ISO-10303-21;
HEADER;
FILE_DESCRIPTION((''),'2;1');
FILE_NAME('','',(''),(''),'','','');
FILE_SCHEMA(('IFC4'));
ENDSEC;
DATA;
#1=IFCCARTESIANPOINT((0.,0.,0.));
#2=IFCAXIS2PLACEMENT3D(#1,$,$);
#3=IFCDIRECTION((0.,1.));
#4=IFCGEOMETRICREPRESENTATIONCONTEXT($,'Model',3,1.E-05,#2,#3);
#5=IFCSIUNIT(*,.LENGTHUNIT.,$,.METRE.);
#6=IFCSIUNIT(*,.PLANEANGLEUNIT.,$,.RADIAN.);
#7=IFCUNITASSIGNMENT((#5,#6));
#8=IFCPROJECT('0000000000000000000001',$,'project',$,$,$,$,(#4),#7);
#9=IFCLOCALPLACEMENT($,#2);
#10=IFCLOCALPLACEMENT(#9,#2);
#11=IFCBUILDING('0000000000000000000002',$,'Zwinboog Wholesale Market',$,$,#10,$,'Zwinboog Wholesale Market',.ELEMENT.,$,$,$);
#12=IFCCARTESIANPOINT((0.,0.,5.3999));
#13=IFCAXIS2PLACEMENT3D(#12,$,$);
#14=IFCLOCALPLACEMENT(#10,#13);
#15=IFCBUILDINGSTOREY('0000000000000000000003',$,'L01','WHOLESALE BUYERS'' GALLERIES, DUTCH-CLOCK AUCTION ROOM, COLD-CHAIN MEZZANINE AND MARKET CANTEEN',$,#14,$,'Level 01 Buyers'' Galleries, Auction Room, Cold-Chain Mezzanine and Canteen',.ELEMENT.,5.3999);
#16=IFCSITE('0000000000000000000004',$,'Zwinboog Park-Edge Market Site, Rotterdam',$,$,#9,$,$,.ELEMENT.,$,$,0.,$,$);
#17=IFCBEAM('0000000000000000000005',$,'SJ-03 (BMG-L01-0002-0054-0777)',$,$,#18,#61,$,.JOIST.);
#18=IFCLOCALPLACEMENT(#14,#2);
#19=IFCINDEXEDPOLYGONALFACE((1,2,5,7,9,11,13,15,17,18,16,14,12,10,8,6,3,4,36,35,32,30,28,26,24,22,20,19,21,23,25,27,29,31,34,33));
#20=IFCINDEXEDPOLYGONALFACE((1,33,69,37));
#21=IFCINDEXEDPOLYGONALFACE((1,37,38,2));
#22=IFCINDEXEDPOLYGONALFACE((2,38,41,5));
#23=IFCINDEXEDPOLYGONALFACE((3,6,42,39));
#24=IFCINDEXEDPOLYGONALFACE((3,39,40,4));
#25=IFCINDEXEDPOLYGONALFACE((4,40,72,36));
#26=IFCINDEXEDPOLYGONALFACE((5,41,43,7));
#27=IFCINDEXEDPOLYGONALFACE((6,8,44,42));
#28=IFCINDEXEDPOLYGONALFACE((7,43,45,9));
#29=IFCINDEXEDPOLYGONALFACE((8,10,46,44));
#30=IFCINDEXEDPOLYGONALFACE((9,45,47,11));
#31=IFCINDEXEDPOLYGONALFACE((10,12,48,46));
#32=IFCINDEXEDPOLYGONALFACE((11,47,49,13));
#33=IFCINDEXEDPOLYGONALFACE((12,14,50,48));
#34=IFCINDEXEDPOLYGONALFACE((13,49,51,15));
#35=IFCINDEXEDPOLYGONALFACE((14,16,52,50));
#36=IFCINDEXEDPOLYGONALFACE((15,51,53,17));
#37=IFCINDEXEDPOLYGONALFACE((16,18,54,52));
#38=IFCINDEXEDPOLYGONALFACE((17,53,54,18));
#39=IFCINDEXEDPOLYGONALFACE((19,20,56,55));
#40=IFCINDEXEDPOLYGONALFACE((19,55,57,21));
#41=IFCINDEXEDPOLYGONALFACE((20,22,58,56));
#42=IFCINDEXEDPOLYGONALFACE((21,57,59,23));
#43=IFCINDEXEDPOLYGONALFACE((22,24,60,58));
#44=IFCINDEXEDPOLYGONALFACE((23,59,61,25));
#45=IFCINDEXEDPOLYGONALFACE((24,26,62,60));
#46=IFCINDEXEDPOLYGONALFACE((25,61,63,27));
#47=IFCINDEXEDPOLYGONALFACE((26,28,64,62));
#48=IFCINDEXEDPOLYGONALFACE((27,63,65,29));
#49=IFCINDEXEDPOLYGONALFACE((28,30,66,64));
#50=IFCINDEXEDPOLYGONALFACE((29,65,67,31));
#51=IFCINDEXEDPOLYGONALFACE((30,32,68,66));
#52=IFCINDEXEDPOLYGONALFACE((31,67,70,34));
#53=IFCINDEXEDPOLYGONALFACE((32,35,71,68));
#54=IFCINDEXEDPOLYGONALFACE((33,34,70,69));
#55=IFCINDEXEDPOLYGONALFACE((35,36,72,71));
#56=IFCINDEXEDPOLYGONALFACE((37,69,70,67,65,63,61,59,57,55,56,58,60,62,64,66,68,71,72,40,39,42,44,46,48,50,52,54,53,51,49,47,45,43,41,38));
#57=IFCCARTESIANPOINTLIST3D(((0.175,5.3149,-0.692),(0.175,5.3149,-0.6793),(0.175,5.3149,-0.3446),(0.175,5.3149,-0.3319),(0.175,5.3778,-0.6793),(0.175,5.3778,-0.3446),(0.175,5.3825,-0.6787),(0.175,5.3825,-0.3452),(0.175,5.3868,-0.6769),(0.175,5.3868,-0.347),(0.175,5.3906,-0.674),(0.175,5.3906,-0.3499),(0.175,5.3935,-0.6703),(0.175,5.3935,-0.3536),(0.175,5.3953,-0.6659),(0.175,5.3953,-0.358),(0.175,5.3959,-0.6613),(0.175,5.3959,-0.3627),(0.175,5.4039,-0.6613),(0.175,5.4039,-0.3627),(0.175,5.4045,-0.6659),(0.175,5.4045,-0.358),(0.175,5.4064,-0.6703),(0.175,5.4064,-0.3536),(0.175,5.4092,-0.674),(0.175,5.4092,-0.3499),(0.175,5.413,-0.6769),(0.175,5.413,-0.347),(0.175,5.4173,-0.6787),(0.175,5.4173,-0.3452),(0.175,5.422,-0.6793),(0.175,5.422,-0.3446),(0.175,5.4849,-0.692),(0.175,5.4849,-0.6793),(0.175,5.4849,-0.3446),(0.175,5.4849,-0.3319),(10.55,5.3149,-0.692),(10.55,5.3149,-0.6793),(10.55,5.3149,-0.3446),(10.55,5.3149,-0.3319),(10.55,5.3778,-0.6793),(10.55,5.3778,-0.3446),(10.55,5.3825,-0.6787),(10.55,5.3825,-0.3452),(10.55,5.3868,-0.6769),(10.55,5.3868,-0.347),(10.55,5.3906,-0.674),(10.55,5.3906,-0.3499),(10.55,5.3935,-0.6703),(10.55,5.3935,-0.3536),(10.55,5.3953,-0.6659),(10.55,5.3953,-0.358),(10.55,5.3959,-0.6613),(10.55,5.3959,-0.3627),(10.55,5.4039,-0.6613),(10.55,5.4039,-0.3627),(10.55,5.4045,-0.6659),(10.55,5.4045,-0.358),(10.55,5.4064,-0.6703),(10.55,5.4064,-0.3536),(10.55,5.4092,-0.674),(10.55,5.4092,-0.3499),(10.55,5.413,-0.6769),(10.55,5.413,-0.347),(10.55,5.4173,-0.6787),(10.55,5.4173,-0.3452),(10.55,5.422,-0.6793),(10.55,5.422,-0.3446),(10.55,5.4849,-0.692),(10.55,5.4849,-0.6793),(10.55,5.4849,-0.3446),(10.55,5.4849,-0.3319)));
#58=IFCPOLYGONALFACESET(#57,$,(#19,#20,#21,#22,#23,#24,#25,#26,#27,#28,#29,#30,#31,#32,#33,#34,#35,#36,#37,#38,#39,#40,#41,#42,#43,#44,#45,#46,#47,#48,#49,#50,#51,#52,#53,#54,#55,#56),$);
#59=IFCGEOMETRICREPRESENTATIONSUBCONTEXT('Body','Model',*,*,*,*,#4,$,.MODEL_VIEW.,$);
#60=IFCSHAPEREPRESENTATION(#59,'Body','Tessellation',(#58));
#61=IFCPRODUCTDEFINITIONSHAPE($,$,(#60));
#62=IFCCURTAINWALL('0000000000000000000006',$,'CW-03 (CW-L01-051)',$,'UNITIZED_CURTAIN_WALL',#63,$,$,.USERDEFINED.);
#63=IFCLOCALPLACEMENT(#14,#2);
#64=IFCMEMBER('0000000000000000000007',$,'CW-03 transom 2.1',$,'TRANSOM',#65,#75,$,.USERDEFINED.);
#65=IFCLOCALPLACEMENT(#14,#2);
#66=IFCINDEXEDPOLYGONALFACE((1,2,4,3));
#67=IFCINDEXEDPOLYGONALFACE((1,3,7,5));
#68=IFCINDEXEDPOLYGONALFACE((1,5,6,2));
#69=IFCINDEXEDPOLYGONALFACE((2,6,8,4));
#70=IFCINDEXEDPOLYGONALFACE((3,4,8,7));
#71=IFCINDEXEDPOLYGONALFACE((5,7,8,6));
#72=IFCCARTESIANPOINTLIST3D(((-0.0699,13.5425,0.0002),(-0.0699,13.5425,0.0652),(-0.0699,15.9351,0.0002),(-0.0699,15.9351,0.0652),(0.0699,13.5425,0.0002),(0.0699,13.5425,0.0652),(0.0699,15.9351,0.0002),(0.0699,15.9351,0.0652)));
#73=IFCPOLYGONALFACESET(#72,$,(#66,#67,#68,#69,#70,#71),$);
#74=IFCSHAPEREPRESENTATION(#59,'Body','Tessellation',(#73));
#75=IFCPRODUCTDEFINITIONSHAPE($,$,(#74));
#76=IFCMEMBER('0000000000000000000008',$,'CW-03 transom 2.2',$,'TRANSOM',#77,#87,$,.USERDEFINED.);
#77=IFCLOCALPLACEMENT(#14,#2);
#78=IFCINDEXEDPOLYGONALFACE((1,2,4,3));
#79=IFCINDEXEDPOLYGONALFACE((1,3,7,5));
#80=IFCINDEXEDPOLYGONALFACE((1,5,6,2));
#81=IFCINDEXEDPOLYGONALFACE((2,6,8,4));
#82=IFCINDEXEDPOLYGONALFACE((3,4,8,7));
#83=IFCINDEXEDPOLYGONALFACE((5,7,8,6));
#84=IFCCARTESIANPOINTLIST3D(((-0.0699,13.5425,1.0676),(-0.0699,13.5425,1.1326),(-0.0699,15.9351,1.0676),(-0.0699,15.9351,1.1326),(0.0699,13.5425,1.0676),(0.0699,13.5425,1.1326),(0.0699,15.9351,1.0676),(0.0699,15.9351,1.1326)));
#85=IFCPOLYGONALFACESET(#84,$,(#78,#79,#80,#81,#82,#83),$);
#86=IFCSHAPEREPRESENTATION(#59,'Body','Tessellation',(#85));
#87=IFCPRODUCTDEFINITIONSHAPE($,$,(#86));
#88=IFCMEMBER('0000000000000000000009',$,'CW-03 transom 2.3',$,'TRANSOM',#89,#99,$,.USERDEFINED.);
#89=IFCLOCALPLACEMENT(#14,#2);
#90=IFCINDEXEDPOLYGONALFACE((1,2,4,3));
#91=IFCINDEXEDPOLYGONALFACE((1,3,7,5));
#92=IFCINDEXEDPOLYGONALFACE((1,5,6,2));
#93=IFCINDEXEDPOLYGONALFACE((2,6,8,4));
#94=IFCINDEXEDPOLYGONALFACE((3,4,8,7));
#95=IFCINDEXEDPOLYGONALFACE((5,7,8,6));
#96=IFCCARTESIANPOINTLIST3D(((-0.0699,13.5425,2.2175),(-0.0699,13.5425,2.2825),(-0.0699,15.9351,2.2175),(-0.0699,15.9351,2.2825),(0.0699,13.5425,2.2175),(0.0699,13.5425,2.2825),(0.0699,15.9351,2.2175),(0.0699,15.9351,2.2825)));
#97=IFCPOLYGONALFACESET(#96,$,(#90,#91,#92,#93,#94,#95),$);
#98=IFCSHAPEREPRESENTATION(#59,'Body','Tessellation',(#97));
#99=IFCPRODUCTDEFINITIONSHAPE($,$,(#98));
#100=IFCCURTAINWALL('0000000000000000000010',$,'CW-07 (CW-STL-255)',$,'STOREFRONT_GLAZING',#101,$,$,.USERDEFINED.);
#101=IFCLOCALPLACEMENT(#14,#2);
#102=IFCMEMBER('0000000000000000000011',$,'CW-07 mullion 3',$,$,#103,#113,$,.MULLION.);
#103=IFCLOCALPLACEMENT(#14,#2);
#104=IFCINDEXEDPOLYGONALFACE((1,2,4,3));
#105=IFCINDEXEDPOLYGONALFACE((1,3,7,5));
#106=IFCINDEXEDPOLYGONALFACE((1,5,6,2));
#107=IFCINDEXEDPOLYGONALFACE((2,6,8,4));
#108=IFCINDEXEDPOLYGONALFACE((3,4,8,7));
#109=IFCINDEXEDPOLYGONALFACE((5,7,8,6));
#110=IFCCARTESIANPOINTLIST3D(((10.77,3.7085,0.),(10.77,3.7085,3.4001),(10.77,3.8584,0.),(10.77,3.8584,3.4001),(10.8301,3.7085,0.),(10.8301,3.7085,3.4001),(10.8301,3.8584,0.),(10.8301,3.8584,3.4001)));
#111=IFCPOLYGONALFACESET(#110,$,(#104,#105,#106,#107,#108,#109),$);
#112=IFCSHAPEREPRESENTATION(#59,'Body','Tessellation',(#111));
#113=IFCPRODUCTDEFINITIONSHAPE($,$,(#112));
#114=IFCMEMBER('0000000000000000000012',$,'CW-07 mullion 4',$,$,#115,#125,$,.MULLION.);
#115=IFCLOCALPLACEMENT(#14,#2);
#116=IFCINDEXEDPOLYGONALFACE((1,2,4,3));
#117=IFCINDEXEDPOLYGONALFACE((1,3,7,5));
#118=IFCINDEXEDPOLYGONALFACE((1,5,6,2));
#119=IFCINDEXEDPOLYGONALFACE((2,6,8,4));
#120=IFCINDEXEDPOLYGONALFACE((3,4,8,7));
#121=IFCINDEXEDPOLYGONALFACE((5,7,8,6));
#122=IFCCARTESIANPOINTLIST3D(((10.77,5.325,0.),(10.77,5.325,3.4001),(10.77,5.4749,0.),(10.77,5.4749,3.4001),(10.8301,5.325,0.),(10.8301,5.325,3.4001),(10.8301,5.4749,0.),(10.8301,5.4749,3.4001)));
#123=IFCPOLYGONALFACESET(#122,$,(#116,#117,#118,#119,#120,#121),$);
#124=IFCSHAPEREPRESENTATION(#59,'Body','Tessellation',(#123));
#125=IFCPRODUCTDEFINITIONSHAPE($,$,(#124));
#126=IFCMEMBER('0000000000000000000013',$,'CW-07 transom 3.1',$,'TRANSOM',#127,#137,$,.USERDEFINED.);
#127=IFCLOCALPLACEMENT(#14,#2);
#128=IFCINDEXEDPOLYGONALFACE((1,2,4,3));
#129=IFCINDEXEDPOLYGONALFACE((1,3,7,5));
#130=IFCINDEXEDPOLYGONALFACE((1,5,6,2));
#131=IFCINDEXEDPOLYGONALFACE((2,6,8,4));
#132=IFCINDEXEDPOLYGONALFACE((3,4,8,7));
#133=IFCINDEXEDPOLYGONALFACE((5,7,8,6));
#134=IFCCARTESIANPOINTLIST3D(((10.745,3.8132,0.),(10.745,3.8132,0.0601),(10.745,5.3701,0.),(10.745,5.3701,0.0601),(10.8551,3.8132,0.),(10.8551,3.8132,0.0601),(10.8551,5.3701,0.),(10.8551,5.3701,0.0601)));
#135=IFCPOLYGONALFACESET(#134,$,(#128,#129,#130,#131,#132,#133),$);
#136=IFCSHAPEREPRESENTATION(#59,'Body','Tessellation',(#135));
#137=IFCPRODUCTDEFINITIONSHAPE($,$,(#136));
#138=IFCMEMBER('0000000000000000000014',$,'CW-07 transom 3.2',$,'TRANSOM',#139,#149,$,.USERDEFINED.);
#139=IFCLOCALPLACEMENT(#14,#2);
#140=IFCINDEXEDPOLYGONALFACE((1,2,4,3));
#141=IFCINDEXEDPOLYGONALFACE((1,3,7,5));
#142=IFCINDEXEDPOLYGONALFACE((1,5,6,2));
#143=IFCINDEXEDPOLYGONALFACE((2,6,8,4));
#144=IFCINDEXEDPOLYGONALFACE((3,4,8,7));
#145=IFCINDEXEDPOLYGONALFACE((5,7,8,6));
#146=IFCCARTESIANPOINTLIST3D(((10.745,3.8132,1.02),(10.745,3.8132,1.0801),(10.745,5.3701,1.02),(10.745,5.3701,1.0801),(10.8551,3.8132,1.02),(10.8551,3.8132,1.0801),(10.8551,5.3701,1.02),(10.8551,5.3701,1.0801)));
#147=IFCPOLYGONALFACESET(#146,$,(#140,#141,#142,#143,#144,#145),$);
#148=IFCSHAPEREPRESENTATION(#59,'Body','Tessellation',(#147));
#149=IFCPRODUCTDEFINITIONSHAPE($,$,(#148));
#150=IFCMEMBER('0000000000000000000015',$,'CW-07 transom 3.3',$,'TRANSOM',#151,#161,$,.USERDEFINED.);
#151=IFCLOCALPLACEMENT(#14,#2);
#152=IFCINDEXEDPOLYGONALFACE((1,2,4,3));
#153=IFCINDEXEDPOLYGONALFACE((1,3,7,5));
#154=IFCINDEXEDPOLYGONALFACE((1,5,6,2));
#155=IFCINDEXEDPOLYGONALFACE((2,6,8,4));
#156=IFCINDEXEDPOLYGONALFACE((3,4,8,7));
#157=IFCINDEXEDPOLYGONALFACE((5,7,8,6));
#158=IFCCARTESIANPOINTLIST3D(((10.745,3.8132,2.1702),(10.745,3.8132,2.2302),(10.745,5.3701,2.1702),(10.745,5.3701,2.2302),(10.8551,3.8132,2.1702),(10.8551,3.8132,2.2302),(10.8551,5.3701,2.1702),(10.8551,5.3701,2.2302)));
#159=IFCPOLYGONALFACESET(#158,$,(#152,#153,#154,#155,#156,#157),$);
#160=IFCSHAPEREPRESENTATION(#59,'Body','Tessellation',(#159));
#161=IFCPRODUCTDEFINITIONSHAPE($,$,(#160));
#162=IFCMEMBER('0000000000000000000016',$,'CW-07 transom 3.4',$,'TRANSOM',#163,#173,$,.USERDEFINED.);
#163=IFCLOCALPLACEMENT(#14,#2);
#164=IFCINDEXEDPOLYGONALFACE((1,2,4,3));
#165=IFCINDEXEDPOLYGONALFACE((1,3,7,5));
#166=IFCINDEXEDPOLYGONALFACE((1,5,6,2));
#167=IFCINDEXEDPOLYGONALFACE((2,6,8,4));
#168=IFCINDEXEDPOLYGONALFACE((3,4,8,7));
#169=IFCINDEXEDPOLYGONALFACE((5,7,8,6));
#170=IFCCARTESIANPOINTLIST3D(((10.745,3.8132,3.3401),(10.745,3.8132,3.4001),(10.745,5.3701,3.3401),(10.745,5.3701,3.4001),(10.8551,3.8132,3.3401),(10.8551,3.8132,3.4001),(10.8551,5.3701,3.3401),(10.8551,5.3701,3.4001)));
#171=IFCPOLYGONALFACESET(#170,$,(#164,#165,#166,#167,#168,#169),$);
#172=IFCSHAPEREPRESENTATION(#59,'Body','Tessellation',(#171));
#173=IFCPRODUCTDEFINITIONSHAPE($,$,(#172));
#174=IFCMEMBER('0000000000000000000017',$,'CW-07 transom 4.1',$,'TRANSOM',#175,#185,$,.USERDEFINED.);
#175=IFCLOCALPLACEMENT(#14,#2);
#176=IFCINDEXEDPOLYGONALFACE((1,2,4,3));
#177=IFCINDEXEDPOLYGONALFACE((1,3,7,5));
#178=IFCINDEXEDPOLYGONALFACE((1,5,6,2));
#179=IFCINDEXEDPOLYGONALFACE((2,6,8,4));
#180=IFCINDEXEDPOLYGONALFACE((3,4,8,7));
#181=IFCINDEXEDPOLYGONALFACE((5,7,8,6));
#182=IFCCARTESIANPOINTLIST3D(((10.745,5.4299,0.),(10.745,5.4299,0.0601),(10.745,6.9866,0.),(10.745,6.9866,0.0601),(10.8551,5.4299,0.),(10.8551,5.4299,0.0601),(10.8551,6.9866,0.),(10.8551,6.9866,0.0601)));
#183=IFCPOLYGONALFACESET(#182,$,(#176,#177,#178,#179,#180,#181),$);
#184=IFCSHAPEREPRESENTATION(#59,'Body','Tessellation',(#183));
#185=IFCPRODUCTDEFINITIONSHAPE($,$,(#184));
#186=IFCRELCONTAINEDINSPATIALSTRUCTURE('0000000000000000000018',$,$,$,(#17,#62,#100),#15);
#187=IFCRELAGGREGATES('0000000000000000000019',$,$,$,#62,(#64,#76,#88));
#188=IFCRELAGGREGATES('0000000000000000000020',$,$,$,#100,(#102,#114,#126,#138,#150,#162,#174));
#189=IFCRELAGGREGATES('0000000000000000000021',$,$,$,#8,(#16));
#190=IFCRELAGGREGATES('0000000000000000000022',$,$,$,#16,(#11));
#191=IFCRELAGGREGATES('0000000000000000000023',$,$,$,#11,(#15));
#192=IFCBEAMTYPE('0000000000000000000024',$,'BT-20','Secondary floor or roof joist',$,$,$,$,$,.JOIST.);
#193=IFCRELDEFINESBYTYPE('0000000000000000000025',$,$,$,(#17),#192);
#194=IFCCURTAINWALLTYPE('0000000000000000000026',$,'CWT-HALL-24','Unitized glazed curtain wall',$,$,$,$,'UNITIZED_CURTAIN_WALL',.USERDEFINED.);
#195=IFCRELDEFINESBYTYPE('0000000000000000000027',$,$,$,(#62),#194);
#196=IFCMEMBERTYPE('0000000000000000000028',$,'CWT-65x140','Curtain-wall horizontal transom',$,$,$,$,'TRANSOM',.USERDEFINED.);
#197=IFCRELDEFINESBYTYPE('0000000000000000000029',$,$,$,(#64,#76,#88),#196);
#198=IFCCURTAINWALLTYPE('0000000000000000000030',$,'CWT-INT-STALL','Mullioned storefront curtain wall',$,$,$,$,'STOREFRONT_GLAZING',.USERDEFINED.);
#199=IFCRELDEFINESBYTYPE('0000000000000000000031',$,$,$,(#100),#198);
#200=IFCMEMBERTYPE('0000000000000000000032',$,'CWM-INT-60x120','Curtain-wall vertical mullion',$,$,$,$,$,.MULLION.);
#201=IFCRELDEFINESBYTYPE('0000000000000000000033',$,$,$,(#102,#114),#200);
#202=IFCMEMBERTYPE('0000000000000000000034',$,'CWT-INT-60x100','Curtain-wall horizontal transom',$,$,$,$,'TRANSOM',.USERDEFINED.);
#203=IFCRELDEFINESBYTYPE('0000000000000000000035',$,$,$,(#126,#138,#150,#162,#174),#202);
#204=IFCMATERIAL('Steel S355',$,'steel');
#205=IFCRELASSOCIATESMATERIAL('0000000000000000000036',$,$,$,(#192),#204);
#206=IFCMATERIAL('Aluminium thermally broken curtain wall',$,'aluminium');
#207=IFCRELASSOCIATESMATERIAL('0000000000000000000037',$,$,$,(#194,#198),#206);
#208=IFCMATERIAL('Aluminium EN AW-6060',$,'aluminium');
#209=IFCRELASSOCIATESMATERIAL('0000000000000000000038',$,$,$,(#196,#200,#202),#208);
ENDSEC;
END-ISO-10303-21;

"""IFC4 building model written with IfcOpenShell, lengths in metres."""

from ifc_helpers import new_model, si_unit, direction, frame, origin, origin_2d, place, context, subcontext, project, spatial, rectangle, i_section, extrude, material, material_profile, profile_set, type_object, element, aggregate, save


model = new_model("IFC4")

# Units and contexts
model_context = context("Model", 3, precision=1e-05, world=origin(), true_north=direction((0.0, 1.0)))
body_context = subcontext(model_context, "Body", "Model", "MODEL_VIEW")
ifc_project = project(units=[si_unit("LENGTHUNIT", "METRE"), si_unit("PLANEANGLEUNIT", "RADIAN")], contexts=[model_context])

# Site, building, storey
site_placement = place(None, origin())
site = spatial("IfcSite", under=ifc_project, at=site_placement, Name="Zwinboog Park-Edge Market Site, Rotterdam", CompositionType="ELEMENT", RefElevation=0.0)
building_placement = place(site_placement, origin())
building = spatial("IfcBuilding", under=site, at=building_placement, Name="Zwinboog Wholesale Market", LongName="Zwinboog Wholesale Market", CompositionType="ELEMENT")
storey_placement = place(building_placement, frame((0.0, 0.0, 5.3999)))
storey = spatial("IfcBuildingStorey", under=building, at=storey_placement, Name="L01", Description="WHOLESALE BUYERS' GALLERIES, DUTCH-CLOCK AUCTION ROOM, COLD-CHAIN MEZZANINE AND MARKET CANTEEN", LongName="Level 01 Buyers' Galleries, Auction Room, Cold-Chain Mezzanine and Canteen", CompositionType="ELEMENT", Elevation=5.3999)

# Beam
ifc_material_1 = material(Name="Steel S355", Category="steel")
ifc_material_profile_1 = material_profile(ifc_material_1, i_section(OverallWidth=0.1699, OverallDepth=0.3601, WebThickness=0.0081, FlangeThickness=0.0127, FilletRadius=0.0181, at=origin_2d()), Name="IPE 360")
ifc_profile_set_1 = profile_set([ifc_material_profile_1], Name="Steel S355")
beam_type = type_object("IfcBeamType", Name="BT-20", Description="Secondary floor or roof joist", PredefinedType="JOIST", material=ifc_profile_set_1)
beam_placement = place(storey_placement, frame((0.175, 5.3999, -0.512), z_axis=(1.0, 0.0, 0.0), x_axis=(0.0, 1.0, 0.0)))
element("IfcBeam", 1, at=beam_placement, inside=storey, type_object=beam_type, Name="SJ-03 (BMG-L01-0002-0054-0777)", PredefinedType="JOIST", context=body_context, shape_type="SweptSolid", body=[
    extrude(i_section(OverallWidth=0.1699, OverallDepth=0.3601, WebThickness=0.0081, FlangeThickness=0.0127, FilletRadius=0.0181, at=origin_2d()), origin(), (0.0, 0.0, 1.0), 10.375),
])

# Curtain wall, members
ifc_material_2 = material(Name="Aluminium thermally broken curtain wall", Category="aluminium")
curtain_wall_type_1 = type_object("IfcCurtainWallType", Name="CWT-HALL-24", Description="Unitized glazed curtain wall", ElementType="UNITIZED_CURTAIN_WALL", PredefinedType="USERDEFINED", material=ifc_material_2)
curtain_wall_1_placement = place(storey_placement, origin())
curtain_wall_1 = element("IfcCurtainWall", 2, at=curtain_wall_1_placement, inside=storey, type_object=curtain_wall_type_1, Name="CW-03 (CW-L01-051)", ObjectType="UNITIZED_CURTAIN_WALL", PredefinedType="USERDEFINED")
ifc_material_3 = material(Name="Aluminium EN AW-6060", Category="aluminium")
ifc_material_profile_2 = material_profile(ifc_material_3, rectangle(XDim=0.1399, YDim=0.0649, at=origin_2d()), Name="AL 65x140")
ifc_profile_set_2 = profile_set([ifc_material_profile_2], Name="Aluminium EN AW-6060")
member_type_1 = type_object("IfcMemberType", Name="CWT-65x140", Description="Curtain-wall horizontal transom", ElementType="TRANSOM", PredefinedType="USERDEFINED", material=ifc_profile_set_2)
member_1_placement = place(storey_placement, frame((0.0, 13.5425, 0.0327), z_axis=(0.0, 1.0, 0.0), x_axis=(-1.0, 0.0, 0.0)))
member_1 = element("IfcMember", 3, at=member_1_placement, type_object=member_type_1, Name="CW-03 transom 2.1", ObjectType="TRANSOM", PredefinedType="USERDEFINED", context=body_context, shape_type="SweptSolid", body=[
    extrude(rectangle(XDim=0.1399, YDim=0.0649, at=origin_2d()), origin(), (0.0, 0.0, 1.0), 2.3926),
])
member_2_placement = place(storey_placement, frame((0.0, 13.5425, 1.1001), z_axis=(0.0, 1.0, 0.0), x_axis=(-1.0, 0.0, 0.0)))
member_2 = element("IfcMember", 4, at=member_2_placement, type_object=member_type_1, Name="CW-03 transom 2.2", ObjectType="TRANSOM", PredefinedType="USERDEFINED", context=body_context, shape_type="SweptSolid", body=[
    extrude(rectangle(XDim=0.1399, YDim=0.0649, at=origin_2d()), origin(), (0.0, 0.0, 1.0), 2.3926),
])
member_3_placement = place(storey_placement, frame((0.0, 13.5425, 2.25), z_axis=(0.0, 1.0, 0.0), x_axis=(-1.0, 0.0, 0.0)))
member_3 = element("IfcMember", 5, at=member_3_placement, type_object=member_type_1, Name="CW-03 transom 2.3", ObjectType="TRANSOM", PredefinedType="USERDEFINED", context=body_context, shape_type="SweptSolid", body=[
    extrude(rectangle(XDim=0.1399, YDim=0.0649, at=origin_2d()), origin(), (0.0, 0.0, 1.0), 2.3926),
])
aggregate(curtain_wall_1, [member_1, member_2, member_3])

# Curtain wall, members
curtain_wall_type_2 = type_object("IfcCurtainWallType", Name="CWT-INT-STALL", Description="Mullioned storefront curtain wall", ElementType="STOREFRONT_GLAZING", PredefinedType="USERDEFINED", material=ifc_material_2)
curtain_wall_2_placement = place(storey_placement, origin())
curtain_wall_2 = element("IfcCurtainWall", 6, at=curtain_wall_2_placement, inside=storey, type_object=curtain_wall_type_2, Name="CW-07 (CW-STL-255)", ObjectType="STOREFRONT_GLAZING", PredefinedType="USERDEFINED")
ifc_material_profile_3 = material_profile(ifc_material_3, rectangle(XDim=0.0601, YDim=0.1499, at=origin_2d()), Name="AL 60x150")
ifc_profile_set_3 = profile_set([ifc_material_profile_3], Name="Aluminium EN AW-6060")
member_type_2 = type_object("IfcMemberType", Name="CWM-INT-60x120", Description="Curtain-wall vertical mullion", PredefinedType="MULLION", material=ifc_profile_set_3)
member_4_placement = place(storey_placement, frame((10.8, 3.7834, 0.0), z_axis=(0.0, 0.0, 1.0), x_axis=(-1.0, 0.0, 0.0)))
member_4 = element("IfcMember", 7, at=member_4_placement, type_object=member_type_2, Name="CW-07 mullion 3", PredefinedType="MULLION", context=body_context, shape_type="SweptSolid", body=[
    extrude(rectangle(XDim=0.0601, YDim=0.1499, at=origin_2d()), origin(), (0.0, 0.0, 1.0), 3.4001),
])
member_5_placement = place(storey_placement, frame((10.8, 5.3999, 0.0), z_axis=(0.0, 0.0, 1.0), x_axis=(-1.0, 0.0, 0.0)))
member_5 = element("IfcMember", 8, at=member_5_placement, type_object=member_type_2, Name="CW-07 mullion 4", PredefinedType="MULLION", context=body_context, shape_type="SweptSolid", body=[
    extrude(rectangle(XDim=0.0601, YDim=0.1499, at=origin_2d()), origin(), (0.0, 0.0, 1.0), 3.4001),
])
ifc_material_profile_4 = material_profile(ifc_material_3, rectangle(XDim=0.1101, YDim=0.0601, at=origin_2d()), Name="AL 60x110")
ifc_profile_set_4 = profile_set([ifc_material_profile_4], Name="Aluminium EN AW-6060")
member_type_3 = type_object("IfcMemberType", Name="CWT-INT-60x100", Description="Curtain-wall horizontal transom", ElementType="TRANSOM", PredefinedType="USERDEFINED", material=ifc_profile_set_4)
member_6_placement = place(storey_placement, frame((10.8, 3.8132, 0.03), z_axis=(0.0, 1.0, 0.0), x_axis=(-1.0, 0.0, 0.0)))
member_6 = element("IfcMember", 9, at=member_6_placement, type_object=member_type_3, Name="CW-07 transom 3.1", ObjectType="TRANSOM", PredefinedType="USERDEFINED", context=body_context, shape_type="SweptSolid", body=[
    extrude(rectangle(XDim=0.1101, YDim=0.0601, at=origin_2d()), origin(), (0.0, 0.0, 1.0), 1.5569),
])
member_7_placement = place(storey_placement, frame((10.8, 3.8132, 1.05), z_axis=(0.0, 1.0, 0.0), x_axis=(-1.0, 0.0, 0.0)))
member_7 = element("IfcMember", 10, at=member_7_placement, type_object=member_type_3, Name="CW-07 transom 3.2", ObjectType="TRANSOM", PredefinedType="USERDEFINED", context=body_context, shape_type="SweptSolid", body=[
    extrude(rectangle(XDim=0.1101, YDim=0.0601, at=origin_2d()), origin(), (0.0, 0.0, 1.0), 1.5569),
])
member_8_placement = place(storey_placement, frame((10.8, 3.8132, 2.2002), z_axis=(0.0, 1.0, 0.0), x_axis=(-1.0, 0.0, 0.0)))
member_8 = element("IfcMember", 11, at=member_8_placement, type_object=member_type_3, Name="CW-07 transom 3.3", ObjectType="TRANSOM", PredefinedType="USERDEFINED", context=body_context, shape_type="SweptSolid", body=[
    extrude(rectangle(XDim=0.1101, YDim=0.0601, at=origin_2d()), origin(), (0.0, 0.0, 1.0), 1.5569),
])
member_9_placement = place(storey_placement, frame((10.8, 3.8132, 3.3701), z_axis=(0.0, 1.0, 0.0), x_axis=(-1.0, 0.0, 0.0)))
member_9 = element("IfcMember", 12, at=member_9_placement, type_object=member_type_3, Name="CW-07 transom 3.4", ObjectType="TRANSOM", PredefinedType="USERDEFINED", context=body_context, shape_type="SweptSolid", body=[
    extrude(rectangle(XDim=0.1101, YDim=0.0601, at=origin_2d()), origin(), (0.0, 0.0, 1.0), 1.5569),
])
member_10_placement = place(storey_placement, frame((10.8, 5.4299, 0.03), z_axis=(0.0, 1.0, 0.0), x_axis=(-1.0, 0.0, 0.0)))
member_10 = element("IfcMember", 13, at=member_10_placement, type_object=member_type_3, Name="CW-07 transom 4.1", ObjectType="TRANSOM", PredefinedType="USERDEFINED", context=body_context, shape_type="SweptSolid", body=[
    extrude(rectangle(XDim=0.1101, YDim=0.0601, at=origin_2d()), origin(), (0.0, 0.0, 1.0), 1.5566),
])
aggregate(curtain_wall_2, [member_4, member_5, member_6, member_7, member_8, member_9, member_10])

save(model, "model.ifc")
